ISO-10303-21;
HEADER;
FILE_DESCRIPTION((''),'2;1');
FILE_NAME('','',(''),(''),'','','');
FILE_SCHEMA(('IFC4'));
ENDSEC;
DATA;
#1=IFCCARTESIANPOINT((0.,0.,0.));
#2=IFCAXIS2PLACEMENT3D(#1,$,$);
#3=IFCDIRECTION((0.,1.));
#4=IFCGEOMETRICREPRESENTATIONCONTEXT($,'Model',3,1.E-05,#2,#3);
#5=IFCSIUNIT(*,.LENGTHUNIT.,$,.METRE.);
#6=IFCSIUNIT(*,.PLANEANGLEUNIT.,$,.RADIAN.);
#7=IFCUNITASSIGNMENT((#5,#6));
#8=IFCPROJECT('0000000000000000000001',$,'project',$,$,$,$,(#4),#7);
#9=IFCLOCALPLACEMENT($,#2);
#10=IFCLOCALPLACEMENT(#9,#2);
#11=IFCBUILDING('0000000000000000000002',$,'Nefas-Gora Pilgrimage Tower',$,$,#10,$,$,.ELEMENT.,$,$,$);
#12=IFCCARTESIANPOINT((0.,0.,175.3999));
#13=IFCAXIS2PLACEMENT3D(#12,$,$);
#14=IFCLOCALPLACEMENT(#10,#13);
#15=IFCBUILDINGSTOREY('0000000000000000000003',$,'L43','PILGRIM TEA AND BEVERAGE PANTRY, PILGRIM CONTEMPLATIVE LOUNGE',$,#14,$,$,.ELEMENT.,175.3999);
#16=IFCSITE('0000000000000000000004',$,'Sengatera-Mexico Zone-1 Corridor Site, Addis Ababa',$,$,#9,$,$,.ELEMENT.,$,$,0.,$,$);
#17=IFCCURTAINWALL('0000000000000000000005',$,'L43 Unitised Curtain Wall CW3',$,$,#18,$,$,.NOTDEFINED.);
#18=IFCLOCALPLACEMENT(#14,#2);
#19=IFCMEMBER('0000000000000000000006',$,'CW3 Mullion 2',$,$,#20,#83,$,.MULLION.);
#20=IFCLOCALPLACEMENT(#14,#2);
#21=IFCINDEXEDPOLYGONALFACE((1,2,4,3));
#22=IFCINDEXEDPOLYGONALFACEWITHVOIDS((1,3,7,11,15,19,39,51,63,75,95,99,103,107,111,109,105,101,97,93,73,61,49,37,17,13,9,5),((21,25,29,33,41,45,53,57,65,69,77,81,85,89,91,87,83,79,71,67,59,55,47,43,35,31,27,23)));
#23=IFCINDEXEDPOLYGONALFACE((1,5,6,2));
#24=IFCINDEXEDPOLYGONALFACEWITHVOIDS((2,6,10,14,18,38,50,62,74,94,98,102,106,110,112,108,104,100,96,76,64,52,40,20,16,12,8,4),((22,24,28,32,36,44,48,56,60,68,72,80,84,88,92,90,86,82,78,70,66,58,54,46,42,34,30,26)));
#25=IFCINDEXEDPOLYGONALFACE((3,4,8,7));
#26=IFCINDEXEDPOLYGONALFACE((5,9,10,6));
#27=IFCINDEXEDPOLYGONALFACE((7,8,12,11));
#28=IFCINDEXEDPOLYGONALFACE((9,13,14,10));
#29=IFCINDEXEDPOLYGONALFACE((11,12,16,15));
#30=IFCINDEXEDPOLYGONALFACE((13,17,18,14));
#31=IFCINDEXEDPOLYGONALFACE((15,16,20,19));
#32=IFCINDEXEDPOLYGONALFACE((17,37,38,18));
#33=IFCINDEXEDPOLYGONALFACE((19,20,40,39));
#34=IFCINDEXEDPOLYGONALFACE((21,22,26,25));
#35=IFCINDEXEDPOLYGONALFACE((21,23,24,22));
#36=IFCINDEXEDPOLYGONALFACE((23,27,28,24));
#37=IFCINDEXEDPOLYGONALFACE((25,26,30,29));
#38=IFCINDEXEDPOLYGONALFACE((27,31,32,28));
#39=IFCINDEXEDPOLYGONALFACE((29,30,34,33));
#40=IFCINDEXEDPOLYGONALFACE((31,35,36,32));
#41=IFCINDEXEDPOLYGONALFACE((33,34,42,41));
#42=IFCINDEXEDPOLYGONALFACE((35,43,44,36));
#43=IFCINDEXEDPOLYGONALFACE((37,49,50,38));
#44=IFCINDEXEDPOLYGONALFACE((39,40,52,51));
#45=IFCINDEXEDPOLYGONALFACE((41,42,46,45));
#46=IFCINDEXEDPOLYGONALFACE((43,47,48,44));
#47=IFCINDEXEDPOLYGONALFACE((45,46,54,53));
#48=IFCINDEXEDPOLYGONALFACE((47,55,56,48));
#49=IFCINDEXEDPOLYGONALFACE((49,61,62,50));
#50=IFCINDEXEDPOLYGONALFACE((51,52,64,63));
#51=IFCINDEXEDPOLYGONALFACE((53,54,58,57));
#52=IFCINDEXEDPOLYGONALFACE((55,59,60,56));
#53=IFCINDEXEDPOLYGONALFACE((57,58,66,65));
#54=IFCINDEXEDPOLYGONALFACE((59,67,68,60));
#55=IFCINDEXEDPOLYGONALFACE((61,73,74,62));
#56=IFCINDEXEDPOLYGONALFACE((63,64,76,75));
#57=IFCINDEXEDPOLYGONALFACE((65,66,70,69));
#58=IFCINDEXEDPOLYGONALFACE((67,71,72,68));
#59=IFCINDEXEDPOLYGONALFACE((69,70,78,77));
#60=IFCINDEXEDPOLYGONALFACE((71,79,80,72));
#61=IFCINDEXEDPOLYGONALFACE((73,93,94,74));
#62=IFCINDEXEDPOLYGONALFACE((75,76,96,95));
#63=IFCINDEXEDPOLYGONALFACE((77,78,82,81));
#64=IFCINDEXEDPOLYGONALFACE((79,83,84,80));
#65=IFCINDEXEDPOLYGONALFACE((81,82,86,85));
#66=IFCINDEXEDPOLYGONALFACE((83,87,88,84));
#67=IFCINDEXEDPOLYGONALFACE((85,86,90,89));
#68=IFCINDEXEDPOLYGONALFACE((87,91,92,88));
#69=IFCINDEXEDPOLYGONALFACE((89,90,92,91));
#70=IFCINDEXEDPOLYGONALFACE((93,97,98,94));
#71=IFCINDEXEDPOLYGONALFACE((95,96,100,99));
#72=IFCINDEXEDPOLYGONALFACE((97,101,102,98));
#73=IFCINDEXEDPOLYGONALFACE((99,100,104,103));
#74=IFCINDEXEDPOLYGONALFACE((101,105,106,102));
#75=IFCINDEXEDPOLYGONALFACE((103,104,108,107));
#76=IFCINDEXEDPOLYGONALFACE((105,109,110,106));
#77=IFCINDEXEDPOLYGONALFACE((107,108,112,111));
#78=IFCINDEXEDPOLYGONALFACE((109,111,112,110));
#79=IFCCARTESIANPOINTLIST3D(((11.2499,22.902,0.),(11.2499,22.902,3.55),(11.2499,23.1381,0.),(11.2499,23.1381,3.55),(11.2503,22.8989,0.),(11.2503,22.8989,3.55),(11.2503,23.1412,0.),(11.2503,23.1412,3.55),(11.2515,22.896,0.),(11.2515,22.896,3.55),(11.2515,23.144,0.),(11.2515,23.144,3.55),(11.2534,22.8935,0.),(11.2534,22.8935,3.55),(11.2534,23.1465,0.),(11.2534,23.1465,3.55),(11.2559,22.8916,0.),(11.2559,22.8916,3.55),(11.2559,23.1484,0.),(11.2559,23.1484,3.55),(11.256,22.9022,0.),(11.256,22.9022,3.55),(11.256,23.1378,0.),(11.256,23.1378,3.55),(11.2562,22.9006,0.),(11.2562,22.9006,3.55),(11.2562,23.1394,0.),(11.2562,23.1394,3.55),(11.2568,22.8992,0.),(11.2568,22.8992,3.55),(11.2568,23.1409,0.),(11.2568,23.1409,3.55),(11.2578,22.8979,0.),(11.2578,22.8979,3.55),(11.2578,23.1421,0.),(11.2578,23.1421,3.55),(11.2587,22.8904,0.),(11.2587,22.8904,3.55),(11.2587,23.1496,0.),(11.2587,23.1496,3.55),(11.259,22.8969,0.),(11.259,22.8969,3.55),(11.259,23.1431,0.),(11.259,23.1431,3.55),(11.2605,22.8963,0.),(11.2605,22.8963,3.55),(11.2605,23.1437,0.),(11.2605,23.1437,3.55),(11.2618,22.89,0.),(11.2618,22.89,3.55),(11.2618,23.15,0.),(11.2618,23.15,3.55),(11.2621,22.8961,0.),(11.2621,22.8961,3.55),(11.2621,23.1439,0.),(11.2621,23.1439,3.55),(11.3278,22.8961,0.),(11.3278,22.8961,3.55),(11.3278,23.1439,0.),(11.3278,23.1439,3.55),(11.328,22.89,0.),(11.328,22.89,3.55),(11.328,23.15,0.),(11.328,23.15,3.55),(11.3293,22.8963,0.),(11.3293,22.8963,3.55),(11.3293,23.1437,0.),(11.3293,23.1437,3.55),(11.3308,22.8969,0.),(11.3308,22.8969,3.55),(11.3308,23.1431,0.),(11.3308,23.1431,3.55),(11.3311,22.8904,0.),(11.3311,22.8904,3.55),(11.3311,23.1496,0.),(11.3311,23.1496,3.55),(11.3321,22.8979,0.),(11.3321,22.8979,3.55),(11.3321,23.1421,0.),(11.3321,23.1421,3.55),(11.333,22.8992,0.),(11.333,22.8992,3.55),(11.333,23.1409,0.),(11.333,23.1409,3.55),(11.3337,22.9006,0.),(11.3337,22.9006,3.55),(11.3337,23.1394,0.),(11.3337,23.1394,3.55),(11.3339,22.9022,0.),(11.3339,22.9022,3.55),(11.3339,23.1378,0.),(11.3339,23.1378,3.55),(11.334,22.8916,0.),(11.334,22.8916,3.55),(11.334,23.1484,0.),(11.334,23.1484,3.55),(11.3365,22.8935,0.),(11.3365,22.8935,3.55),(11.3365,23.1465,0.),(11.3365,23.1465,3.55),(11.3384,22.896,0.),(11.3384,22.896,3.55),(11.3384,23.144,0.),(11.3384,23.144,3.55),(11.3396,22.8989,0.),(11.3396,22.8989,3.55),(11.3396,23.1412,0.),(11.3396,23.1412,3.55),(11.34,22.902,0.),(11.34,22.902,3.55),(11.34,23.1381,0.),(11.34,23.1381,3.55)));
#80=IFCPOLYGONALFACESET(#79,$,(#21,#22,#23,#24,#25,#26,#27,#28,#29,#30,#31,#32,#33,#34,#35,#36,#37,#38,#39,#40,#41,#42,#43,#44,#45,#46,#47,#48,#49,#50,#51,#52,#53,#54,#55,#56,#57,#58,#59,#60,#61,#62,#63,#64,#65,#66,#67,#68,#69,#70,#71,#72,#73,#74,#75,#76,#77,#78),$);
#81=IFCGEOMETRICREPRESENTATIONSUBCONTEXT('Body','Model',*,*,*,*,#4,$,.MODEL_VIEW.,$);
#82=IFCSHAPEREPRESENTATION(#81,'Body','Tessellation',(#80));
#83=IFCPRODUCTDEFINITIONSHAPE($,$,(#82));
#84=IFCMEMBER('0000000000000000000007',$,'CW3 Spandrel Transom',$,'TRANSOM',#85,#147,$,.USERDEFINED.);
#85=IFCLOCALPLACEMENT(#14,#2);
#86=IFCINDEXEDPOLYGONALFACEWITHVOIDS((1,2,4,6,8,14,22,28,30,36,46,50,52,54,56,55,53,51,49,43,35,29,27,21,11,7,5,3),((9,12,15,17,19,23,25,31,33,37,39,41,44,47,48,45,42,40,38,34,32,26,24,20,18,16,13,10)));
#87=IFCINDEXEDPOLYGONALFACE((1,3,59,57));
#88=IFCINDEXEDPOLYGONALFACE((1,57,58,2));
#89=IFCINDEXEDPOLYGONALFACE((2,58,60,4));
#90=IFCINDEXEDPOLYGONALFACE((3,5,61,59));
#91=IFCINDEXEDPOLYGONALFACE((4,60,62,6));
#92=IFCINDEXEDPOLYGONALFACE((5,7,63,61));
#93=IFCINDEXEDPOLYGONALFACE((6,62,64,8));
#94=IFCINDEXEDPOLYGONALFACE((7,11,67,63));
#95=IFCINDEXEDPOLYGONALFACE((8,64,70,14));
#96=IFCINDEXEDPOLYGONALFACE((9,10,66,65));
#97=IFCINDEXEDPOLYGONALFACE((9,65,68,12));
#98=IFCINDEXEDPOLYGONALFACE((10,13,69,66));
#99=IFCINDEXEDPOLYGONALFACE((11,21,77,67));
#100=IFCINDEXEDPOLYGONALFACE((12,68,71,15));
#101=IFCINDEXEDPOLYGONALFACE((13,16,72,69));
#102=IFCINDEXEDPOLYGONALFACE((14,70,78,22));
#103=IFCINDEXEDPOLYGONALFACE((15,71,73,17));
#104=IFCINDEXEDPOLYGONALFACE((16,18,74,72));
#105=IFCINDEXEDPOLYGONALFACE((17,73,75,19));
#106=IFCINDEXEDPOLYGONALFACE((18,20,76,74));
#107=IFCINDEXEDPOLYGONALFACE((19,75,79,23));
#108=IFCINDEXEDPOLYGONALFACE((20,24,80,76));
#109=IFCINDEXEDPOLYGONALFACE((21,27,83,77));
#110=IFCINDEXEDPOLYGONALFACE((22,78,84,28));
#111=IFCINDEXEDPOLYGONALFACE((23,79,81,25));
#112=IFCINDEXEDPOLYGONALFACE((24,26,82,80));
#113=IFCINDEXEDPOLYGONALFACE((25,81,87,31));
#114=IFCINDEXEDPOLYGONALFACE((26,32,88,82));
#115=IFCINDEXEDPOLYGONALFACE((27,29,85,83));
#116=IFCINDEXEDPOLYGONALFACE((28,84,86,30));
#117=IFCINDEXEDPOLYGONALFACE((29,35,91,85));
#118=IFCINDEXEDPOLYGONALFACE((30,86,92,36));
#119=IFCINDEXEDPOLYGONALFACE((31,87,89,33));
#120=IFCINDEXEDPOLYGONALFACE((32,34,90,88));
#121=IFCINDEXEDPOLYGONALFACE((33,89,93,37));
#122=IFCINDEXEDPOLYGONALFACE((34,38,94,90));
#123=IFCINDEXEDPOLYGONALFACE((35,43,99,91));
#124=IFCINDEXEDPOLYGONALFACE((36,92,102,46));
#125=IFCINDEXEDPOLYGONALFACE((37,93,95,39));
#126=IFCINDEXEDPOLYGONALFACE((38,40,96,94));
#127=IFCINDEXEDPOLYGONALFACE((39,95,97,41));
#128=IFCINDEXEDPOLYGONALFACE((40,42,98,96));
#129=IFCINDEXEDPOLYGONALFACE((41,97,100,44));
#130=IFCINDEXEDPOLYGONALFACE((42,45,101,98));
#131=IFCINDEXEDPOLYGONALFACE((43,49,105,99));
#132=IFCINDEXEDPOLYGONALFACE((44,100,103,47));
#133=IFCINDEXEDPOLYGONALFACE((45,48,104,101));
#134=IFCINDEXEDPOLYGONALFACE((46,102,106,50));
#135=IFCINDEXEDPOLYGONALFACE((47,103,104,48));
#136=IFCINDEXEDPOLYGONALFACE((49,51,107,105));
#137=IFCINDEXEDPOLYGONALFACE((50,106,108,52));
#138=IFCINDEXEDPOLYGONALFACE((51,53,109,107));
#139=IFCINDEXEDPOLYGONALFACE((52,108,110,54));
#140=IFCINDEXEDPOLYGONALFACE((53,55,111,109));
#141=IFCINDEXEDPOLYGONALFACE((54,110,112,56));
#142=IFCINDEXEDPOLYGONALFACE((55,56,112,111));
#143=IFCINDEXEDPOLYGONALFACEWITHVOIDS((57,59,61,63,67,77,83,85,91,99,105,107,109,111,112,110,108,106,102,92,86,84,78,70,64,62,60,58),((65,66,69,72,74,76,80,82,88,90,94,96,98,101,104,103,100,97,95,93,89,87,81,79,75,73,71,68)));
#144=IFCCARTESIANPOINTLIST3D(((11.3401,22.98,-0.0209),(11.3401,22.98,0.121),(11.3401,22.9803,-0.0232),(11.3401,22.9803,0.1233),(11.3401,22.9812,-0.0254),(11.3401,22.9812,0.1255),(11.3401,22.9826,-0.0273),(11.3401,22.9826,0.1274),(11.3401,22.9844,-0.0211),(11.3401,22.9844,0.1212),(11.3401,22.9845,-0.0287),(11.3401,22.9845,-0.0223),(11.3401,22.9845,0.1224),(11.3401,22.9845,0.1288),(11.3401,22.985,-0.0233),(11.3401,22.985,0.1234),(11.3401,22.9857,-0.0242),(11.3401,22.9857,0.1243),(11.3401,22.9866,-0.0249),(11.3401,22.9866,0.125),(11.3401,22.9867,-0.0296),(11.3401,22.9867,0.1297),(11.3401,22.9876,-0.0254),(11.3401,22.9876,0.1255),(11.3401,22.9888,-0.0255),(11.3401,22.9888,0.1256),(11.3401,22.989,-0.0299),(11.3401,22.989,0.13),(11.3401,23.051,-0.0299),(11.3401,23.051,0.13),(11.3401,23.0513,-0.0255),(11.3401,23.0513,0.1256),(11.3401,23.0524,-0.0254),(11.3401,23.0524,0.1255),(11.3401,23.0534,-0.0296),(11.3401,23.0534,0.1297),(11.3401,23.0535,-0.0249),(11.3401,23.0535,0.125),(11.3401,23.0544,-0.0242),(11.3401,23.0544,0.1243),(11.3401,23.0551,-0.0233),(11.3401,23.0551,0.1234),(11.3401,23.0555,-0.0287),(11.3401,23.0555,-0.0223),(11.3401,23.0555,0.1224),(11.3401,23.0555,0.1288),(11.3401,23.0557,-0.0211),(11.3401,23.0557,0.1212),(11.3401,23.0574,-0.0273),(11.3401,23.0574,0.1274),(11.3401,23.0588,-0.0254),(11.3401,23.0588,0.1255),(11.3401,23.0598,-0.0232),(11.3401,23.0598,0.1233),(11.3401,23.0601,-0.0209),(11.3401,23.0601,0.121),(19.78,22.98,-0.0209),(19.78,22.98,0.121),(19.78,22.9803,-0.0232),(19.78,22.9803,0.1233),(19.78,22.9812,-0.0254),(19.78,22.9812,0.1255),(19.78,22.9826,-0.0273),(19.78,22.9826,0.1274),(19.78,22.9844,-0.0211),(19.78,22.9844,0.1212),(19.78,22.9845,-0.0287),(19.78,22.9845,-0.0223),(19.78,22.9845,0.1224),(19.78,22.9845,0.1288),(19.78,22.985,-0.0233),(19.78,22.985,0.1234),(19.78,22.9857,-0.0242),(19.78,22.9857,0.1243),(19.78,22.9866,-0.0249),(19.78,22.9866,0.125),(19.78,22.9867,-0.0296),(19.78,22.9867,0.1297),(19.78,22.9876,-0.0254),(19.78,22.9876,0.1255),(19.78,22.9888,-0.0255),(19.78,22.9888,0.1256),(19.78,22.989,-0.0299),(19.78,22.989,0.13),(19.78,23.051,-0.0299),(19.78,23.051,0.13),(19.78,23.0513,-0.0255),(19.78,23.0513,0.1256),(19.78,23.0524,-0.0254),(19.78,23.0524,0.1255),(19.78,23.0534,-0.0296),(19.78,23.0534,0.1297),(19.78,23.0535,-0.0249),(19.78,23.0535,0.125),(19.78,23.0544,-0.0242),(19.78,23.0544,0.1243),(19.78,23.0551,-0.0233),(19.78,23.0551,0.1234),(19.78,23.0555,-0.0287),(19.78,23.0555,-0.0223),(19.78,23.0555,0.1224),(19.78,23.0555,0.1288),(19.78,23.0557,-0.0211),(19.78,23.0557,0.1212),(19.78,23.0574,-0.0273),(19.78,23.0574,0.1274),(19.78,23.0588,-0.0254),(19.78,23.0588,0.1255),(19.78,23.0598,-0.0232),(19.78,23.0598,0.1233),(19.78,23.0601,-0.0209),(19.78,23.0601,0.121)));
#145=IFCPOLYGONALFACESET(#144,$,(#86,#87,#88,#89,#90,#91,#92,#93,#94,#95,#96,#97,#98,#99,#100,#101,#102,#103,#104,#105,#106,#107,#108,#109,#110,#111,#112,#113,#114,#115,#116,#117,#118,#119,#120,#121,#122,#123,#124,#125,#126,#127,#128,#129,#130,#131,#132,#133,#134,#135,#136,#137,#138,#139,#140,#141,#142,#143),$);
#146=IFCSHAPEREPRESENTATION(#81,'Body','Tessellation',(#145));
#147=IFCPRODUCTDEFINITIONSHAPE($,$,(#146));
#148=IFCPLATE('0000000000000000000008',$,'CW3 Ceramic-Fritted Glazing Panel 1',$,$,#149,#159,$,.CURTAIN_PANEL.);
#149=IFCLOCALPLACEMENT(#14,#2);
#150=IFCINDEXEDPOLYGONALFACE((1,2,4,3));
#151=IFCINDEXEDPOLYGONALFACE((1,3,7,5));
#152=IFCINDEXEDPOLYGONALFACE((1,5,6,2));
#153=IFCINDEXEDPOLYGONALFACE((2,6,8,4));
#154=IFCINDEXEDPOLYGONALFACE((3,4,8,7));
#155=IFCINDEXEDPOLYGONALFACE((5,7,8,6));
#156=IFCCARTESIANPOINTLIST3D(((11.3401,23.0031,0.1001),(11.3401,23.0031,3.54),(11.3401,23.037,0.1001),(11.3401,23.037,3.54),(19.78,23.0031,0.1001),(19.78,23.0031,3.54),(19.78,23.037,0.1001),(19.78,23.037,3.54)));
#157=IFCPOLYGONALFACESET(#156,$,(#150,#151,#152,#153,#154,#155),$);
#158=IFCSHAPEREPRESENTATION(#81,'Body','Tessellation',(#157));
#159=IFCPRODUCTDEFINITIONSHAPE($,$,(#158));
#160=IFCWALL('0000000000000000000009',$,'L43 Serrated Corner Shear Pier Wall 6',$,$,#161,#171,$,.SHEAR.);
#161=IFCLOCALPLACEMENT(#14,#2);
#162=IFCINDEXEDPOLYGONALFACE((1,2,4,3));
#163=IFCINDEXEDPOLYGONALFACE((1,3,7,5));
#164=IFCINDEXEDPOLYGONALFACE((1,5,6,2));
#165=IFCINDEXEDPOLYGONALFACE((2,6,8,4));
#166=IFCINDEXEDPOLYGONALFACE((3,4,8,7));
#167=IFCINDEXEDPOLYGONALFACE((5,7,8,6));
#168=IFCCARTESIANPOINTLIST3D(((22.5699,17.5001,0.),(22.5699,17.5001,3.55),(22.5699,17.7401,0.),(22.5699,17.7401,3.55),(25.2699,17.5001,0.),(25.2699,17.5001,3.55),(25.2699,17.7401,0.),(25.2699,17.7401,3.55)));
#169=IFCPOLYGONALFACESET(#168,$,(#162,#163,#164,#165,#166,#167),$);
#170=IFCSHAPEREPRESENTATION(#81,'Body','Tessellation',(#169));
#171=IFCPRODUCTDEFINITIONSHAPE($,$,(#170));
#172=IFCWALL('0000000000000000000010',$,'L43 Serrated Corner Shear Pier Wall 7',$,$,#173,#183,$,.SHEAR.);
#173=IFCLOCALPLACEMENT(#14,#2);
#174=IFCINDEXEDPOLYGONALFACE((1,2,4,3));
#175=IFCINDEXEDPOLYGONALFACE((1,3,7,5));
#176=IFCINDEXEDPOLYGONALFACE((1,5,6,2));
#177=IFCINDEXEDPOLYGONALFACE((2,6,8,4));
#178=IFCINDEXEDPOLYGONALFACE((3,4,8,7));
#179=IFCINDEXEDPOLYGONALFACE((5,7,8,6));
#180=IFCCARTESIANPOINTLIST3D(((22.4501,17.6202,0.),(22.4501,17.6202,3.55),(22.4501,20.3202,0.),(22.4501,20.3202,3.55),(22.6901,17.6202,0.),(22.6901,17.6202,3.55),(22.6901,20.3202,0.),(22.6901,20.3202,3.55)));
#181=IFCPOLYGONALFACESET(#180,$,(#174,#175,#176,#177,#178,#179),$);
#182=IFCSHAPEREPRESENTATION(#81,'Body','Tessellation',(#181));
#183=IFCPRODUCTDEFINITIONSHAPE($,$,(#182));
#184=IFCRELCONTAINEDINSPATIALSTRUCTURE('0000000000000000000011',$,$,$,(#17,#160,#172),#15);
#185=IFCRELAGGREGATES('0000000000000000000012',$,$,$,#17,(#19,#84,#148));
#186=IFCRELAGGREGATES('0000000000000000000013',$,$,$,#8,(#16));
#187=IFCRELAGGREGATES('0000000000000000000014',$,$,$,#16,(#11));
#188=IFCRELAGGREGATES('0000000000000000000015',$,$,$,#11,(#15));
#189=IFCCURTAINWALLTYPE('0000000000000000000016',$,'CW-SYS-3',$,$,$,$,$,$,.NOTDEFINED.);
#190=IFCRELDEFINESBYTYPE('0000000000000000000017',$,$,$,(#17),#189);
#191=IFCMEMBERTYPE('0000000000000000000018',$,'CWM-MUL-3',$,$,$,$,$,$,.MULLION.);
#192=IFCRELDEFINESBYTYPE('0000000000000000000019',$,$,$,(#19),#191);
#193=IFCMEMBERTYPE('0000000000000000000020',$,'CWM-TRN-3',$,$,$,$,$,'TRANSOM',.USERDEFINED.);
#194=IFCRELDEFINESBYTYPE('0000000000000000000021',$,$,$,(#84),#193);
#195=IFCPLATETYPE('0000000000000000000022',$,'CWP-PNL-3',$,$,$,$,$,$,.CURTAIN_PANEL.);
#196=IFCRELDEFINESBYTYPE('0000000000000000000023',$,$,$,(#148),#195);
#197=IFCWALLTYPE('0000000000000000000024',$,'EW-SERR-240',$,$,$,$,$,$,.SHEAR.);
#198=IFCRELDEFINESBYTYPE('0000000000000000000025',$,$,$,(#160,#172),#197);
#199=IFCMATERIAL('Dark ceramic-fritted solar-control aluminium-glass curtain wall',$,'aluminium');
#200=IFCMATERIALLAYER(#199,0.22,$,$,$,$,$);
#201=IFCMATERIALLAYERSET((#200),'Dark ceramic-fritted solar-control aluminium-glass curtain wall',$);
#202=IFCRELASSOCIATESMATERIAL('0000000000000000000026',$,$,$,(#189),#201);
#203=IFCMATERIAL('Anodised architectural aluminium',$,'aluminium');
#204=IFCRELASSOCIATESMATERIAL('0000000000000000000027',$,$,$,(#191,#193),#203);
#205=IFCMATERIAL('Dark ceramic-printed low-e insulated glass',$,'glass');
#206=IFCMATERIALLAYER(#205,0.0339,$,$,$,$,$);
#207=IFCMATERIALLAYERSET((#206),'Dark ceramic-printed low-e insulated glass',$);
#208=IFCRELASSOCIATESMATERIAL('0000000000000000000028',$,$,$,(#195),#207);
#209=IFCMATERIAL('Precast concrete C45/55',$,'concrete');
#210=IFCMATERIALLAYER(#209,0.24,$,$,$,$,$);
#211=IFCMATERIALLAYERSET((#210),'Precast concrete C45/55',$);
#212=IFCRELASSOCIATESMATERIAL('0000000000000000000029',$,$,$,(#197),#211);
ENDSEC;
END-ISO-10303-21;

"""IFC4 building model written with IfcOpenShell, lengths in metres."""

from ifc_helpers import new_model, si_unit, direction, frame, frame_2d, origin, origin_2d, place, context, subcontext, project, spatial, rectangle, hollow_rectangle, extrude, source, transform, mapped, material, layer, layer_set, material_profile, profile_set, type_object, element, aggregate, save


model = new_model("IFC4")

# Units and contexts
model_context = context("Model", 3, precision=1e-05, world=origin(), true_north=direction((0.0, 1.0)))
body_context = subcontext(model_context, "Body", "Model", "MODEL_VIEW")
ifc_project = project(units=[si_unit("LENGTHUNIT", "METRE"), si_unit("PLANEANGLEUNIT", "RADIAN")], contexts=[model_context])

# Site, building, storey
site_placement = place(None, origin())
site = spatial("IfcSite", under=ifc_project, at=site_placement, Name="Sengatera-Mexico Zone-1 Corridor Site, Addis Ababa", CompositionType="ELEMENT", RefElevation=0.0)
building_placement = place(site_placement, origin())
building = spatial("IfcBuilding", under=site, at=building_placement, Name="Nefas-Gora Pilgrimage Tower", CompositionType="ELEMENT")
storey_placement = place(building_placement, frame((0.0, 0.0, 175.3999)))
storey = spatial("IfcBuildingStorey", under=building, at=storey_placement, Name="L43", Description="PILGRIM TEA AND BEVERAGE PANTRY, PILGRIM CONTEMPLATIVE LOUNGE", CompositionType="ELEMENT", Elevation=175.3999)

# Shared definitions
ifc_material_1 = material(Name="Dark ceramic-fritted solar-control aluminium-glass curtain wall", Category="aluminium")
ifc_layer_1 = layer(ifc_material_1, 0.22)
ifc_layer_set_1 = layer_set([ifc_layer_1], Name="Dark ceramic-fritted solar-control aluminium-glass curtain wall")
curtain_wall_type = type_object("IfcCurtainWallType", Name="CW-SYS-3", PredefinedType="NOTDEFINED", material=ifc_layer_set_1)
ifc_material_2 = material(Name="Anodised architectural aluminium", Category="aluminium")
ifc_material_profile_1 = material_profile(ifc_material_2, hollow_rectangle(XDim=0.0901, YDim=0.26, WallThickness=0.0061, InnerFilletRadius=0.0061, OuterFilletRadius=0.012, at=origin_2d()), Name="ALU MULLION 90x260")
ifc_profile_set_1 = profile_set([ifc_material_profile_1], Name="Anodised architectural aluminium")
member_type_1 = type_object("IfcMemberType", Name="CWM-MUL-3", PredefinedType="MULLION", material=ifc_profile_set_1)
shared_shape_1 = source(origin(), body_context, "Body", "SweptSolid", [
    extrude(hollow_rectangle(XDim=0.0901, YDim=0.26, WallThickness=0.0061, InnerFilletRadius=0.0061, OuterFilletRadius=0.012, at=origin_2d()), origin(), (0.0, 0.0, 1.0), 3.55),
])

# Curtain wall, members, plate
curtain_wall_1_placement = place(storey_placement, origin())
curtain_wall_1 = element("IfcCurtainWall", 1, at=curtain_wall_1_placement, inside=storey, type_object=curtain_wall_type, Name="L43 Unitised Curtain Wall CW3", PredefinedType="NOTDEFINED")
member_1_placement = place(storey_placement, frame((11.2949, 23.02, 0.0), z_axis=(0.0, 0.0, 1.0), x_axis=(-1.0, 0.0, 0.0)))
member_1 = element("IfcMember", 2, at=member_1_placement, type_object=member_type_1, Name="CW3 Mullion 2", PredefinedType="MULLION", context=body_context, shape_type="MappedRepresentation", body=[
    mapped(shared_shape_1, transform((0.0, 0.0, 0.0), x_axis=(1.0, 0.0, 0.0), y_axis=(0.0, 1.0, 0.0), z_axis=(0.0, 0.0, 1.0), scale=1.0)),
])
ifc_material_profile_2 = material_profile(ifc_material_2, hollow_rectangle(XDim=0.0801, YDim=0.1599, WallThickness=0.0044, InnerFilletRadius=0.0044, OuterFilletRadius=0.009, at=origin_2d()), Name="ALU TRANSOM 80x160")
ifc_profile_set_2 = profile_set([ifc_material_profile_2], Name="Anodised architectural aluminium")
member_type_2 = type_object("IfcMemberType", Name="CWM-TRN-3", ElementType="TRANSOM", PredefinedType="USERDEFINED", material=ifc_profile_set_2)
shared_shape_2 = source(origin(), body_context, "Body", "SweptSolid", [
    extrude(hollow_rectangle(XDim=0.0801, YDim=0.1599, WallThickness=0.0044, InnerFilletRadius=0.0044, OuterFilletRadius=0.009, at=origin_2d()), origin(), (0.0, 0.0, 1.0), 8.4399),
])
member_2_placement = place(storey_placement, frame((19.78, 23.02, 0.05), z_axis=(-1.0, 0.0, 0.0), x_axis=(0.0, -1.0, 0.0)))
member_2 = element("IfcMember", 3, at=member_2_placement, type_object=member_type_2, Name="CW3 Spandrel Transom", ObjectType="TRANSOM", PredefinedType="USERDEFINED", context=body_context, shape_type="MappedRepresentation", body=[
    mapped(shared_shape_2, transform((0.0, 0.0, 0.0), x_axis=(1.0, 0.0, 0.0), y_axis=(0.0, 1.0, 0.0), z_axis=(0.0, 0.0, 1.0), scale=1.0)),
])
ifc_material_3 = material(Name="Dark ceramic-printed low-e insulated glass", Category="glass")
ifc_layer_2 = layer(ifc_material_3, 0.0339)
ifc_layer_set_2 = layer_set([ifc_layer_2], Name="Dark ceramic-printed low-e insulated glass")
plate_type = type_object("IfcPlateType", Name="CWP-PNL-3", PredefinedType="CURTAIN_PANEL", material=ifc_layer_set_2)
shared_shape_3 = source(origin(), body_context, "Body", "SweptSolid", [
    extrude(rectangle(XDim=8.4399, YDim=0.0339, at=origin_2d()), origin(), (0.0, 0.0, 1.0), 3.4399),
])
plate_placement = place(storey_placement, frame((15.5601, 23.02, 0.1001), z_axis=(0.0, 0.0, 1.0), x_axis=(-1.0, 0.0, 0.0)))
plate = element("IfcPlate", 4, at=plate_placement, type_object=plate_type, Name="CW3 Ceramic-Fritted Glazing Panel 1", PredefinedType="CURTAIN_PANEL", context=body_context, shape_type="MappedRepresentation", body=[
    mapped(shared_shape_3, transform((0.0, 0.0, 0.0), x_axis=(1.0, 0.0, 0.0), y_axis=(0.0, 1.0, 0.0), z_axis=(0.0, 0.0, 1.0), scale=1.0)),
])
aggregate(curtain_wall_1, [member_1, member_2, plate])

# Walls
ifc_material_4 = material(Name="Precast concrete C45/55", Category="concrete")
ifc_layer_3 = layer(ifc_material_4, 0.24)
ifc_layer_set_3 = layer_set([ifc_layer_3], Name="Precast concrete C45/55")
wall_type_1 = type_object("IfcWallType", Name="EW-SERR-240", PredefinedType="SHEAR", material=ifc_layer_set_3)
shared_shape_4 = source(origin(), body_context, "Body", "SweptSolid", [
    extrude(rectangle(XDim=2.7, YDim=0.24, at=frame_2d((1.3501, 0.0))), origin(), (0.0, 0.0, 1.0), 3.55),
])
for number, where, z_axis, x_axis, name in (
    (5, (25.27, 17.6201, 0.0), (0.0, 0.0, 1.0), (-1.0, 0.0, 0.0), "L43 Serrated Corner Shear Pier Wall 6"),
    (6, (22.5701, 17.6201, 0.0), (0.0, 0.0, 1.0), (0.0, 1.0, 0.0), "L43 Serrated Corner Shear Pier Wall 7"),
):
    element("IfcWall", number, at=place(storey_placement, frame(where, z_axis=z_axis, x_axis=x_axis)), inside=storey, type_object=wall_type_1, Name=name, PredefinedType="SHEAR", context=body_context, shape_type="MappedRepresentation", body=[
        mapped(shared_shape_4, transform((0.0, 0.0, 0.0), x_axis=(1.0, 0.0, 0.0), y_axis=(0.0, 1.0, 0.0), z_axis=(0.0, 0.0, 1.0), scale=1.0)),
    ])

save(model, "model.ifc")
